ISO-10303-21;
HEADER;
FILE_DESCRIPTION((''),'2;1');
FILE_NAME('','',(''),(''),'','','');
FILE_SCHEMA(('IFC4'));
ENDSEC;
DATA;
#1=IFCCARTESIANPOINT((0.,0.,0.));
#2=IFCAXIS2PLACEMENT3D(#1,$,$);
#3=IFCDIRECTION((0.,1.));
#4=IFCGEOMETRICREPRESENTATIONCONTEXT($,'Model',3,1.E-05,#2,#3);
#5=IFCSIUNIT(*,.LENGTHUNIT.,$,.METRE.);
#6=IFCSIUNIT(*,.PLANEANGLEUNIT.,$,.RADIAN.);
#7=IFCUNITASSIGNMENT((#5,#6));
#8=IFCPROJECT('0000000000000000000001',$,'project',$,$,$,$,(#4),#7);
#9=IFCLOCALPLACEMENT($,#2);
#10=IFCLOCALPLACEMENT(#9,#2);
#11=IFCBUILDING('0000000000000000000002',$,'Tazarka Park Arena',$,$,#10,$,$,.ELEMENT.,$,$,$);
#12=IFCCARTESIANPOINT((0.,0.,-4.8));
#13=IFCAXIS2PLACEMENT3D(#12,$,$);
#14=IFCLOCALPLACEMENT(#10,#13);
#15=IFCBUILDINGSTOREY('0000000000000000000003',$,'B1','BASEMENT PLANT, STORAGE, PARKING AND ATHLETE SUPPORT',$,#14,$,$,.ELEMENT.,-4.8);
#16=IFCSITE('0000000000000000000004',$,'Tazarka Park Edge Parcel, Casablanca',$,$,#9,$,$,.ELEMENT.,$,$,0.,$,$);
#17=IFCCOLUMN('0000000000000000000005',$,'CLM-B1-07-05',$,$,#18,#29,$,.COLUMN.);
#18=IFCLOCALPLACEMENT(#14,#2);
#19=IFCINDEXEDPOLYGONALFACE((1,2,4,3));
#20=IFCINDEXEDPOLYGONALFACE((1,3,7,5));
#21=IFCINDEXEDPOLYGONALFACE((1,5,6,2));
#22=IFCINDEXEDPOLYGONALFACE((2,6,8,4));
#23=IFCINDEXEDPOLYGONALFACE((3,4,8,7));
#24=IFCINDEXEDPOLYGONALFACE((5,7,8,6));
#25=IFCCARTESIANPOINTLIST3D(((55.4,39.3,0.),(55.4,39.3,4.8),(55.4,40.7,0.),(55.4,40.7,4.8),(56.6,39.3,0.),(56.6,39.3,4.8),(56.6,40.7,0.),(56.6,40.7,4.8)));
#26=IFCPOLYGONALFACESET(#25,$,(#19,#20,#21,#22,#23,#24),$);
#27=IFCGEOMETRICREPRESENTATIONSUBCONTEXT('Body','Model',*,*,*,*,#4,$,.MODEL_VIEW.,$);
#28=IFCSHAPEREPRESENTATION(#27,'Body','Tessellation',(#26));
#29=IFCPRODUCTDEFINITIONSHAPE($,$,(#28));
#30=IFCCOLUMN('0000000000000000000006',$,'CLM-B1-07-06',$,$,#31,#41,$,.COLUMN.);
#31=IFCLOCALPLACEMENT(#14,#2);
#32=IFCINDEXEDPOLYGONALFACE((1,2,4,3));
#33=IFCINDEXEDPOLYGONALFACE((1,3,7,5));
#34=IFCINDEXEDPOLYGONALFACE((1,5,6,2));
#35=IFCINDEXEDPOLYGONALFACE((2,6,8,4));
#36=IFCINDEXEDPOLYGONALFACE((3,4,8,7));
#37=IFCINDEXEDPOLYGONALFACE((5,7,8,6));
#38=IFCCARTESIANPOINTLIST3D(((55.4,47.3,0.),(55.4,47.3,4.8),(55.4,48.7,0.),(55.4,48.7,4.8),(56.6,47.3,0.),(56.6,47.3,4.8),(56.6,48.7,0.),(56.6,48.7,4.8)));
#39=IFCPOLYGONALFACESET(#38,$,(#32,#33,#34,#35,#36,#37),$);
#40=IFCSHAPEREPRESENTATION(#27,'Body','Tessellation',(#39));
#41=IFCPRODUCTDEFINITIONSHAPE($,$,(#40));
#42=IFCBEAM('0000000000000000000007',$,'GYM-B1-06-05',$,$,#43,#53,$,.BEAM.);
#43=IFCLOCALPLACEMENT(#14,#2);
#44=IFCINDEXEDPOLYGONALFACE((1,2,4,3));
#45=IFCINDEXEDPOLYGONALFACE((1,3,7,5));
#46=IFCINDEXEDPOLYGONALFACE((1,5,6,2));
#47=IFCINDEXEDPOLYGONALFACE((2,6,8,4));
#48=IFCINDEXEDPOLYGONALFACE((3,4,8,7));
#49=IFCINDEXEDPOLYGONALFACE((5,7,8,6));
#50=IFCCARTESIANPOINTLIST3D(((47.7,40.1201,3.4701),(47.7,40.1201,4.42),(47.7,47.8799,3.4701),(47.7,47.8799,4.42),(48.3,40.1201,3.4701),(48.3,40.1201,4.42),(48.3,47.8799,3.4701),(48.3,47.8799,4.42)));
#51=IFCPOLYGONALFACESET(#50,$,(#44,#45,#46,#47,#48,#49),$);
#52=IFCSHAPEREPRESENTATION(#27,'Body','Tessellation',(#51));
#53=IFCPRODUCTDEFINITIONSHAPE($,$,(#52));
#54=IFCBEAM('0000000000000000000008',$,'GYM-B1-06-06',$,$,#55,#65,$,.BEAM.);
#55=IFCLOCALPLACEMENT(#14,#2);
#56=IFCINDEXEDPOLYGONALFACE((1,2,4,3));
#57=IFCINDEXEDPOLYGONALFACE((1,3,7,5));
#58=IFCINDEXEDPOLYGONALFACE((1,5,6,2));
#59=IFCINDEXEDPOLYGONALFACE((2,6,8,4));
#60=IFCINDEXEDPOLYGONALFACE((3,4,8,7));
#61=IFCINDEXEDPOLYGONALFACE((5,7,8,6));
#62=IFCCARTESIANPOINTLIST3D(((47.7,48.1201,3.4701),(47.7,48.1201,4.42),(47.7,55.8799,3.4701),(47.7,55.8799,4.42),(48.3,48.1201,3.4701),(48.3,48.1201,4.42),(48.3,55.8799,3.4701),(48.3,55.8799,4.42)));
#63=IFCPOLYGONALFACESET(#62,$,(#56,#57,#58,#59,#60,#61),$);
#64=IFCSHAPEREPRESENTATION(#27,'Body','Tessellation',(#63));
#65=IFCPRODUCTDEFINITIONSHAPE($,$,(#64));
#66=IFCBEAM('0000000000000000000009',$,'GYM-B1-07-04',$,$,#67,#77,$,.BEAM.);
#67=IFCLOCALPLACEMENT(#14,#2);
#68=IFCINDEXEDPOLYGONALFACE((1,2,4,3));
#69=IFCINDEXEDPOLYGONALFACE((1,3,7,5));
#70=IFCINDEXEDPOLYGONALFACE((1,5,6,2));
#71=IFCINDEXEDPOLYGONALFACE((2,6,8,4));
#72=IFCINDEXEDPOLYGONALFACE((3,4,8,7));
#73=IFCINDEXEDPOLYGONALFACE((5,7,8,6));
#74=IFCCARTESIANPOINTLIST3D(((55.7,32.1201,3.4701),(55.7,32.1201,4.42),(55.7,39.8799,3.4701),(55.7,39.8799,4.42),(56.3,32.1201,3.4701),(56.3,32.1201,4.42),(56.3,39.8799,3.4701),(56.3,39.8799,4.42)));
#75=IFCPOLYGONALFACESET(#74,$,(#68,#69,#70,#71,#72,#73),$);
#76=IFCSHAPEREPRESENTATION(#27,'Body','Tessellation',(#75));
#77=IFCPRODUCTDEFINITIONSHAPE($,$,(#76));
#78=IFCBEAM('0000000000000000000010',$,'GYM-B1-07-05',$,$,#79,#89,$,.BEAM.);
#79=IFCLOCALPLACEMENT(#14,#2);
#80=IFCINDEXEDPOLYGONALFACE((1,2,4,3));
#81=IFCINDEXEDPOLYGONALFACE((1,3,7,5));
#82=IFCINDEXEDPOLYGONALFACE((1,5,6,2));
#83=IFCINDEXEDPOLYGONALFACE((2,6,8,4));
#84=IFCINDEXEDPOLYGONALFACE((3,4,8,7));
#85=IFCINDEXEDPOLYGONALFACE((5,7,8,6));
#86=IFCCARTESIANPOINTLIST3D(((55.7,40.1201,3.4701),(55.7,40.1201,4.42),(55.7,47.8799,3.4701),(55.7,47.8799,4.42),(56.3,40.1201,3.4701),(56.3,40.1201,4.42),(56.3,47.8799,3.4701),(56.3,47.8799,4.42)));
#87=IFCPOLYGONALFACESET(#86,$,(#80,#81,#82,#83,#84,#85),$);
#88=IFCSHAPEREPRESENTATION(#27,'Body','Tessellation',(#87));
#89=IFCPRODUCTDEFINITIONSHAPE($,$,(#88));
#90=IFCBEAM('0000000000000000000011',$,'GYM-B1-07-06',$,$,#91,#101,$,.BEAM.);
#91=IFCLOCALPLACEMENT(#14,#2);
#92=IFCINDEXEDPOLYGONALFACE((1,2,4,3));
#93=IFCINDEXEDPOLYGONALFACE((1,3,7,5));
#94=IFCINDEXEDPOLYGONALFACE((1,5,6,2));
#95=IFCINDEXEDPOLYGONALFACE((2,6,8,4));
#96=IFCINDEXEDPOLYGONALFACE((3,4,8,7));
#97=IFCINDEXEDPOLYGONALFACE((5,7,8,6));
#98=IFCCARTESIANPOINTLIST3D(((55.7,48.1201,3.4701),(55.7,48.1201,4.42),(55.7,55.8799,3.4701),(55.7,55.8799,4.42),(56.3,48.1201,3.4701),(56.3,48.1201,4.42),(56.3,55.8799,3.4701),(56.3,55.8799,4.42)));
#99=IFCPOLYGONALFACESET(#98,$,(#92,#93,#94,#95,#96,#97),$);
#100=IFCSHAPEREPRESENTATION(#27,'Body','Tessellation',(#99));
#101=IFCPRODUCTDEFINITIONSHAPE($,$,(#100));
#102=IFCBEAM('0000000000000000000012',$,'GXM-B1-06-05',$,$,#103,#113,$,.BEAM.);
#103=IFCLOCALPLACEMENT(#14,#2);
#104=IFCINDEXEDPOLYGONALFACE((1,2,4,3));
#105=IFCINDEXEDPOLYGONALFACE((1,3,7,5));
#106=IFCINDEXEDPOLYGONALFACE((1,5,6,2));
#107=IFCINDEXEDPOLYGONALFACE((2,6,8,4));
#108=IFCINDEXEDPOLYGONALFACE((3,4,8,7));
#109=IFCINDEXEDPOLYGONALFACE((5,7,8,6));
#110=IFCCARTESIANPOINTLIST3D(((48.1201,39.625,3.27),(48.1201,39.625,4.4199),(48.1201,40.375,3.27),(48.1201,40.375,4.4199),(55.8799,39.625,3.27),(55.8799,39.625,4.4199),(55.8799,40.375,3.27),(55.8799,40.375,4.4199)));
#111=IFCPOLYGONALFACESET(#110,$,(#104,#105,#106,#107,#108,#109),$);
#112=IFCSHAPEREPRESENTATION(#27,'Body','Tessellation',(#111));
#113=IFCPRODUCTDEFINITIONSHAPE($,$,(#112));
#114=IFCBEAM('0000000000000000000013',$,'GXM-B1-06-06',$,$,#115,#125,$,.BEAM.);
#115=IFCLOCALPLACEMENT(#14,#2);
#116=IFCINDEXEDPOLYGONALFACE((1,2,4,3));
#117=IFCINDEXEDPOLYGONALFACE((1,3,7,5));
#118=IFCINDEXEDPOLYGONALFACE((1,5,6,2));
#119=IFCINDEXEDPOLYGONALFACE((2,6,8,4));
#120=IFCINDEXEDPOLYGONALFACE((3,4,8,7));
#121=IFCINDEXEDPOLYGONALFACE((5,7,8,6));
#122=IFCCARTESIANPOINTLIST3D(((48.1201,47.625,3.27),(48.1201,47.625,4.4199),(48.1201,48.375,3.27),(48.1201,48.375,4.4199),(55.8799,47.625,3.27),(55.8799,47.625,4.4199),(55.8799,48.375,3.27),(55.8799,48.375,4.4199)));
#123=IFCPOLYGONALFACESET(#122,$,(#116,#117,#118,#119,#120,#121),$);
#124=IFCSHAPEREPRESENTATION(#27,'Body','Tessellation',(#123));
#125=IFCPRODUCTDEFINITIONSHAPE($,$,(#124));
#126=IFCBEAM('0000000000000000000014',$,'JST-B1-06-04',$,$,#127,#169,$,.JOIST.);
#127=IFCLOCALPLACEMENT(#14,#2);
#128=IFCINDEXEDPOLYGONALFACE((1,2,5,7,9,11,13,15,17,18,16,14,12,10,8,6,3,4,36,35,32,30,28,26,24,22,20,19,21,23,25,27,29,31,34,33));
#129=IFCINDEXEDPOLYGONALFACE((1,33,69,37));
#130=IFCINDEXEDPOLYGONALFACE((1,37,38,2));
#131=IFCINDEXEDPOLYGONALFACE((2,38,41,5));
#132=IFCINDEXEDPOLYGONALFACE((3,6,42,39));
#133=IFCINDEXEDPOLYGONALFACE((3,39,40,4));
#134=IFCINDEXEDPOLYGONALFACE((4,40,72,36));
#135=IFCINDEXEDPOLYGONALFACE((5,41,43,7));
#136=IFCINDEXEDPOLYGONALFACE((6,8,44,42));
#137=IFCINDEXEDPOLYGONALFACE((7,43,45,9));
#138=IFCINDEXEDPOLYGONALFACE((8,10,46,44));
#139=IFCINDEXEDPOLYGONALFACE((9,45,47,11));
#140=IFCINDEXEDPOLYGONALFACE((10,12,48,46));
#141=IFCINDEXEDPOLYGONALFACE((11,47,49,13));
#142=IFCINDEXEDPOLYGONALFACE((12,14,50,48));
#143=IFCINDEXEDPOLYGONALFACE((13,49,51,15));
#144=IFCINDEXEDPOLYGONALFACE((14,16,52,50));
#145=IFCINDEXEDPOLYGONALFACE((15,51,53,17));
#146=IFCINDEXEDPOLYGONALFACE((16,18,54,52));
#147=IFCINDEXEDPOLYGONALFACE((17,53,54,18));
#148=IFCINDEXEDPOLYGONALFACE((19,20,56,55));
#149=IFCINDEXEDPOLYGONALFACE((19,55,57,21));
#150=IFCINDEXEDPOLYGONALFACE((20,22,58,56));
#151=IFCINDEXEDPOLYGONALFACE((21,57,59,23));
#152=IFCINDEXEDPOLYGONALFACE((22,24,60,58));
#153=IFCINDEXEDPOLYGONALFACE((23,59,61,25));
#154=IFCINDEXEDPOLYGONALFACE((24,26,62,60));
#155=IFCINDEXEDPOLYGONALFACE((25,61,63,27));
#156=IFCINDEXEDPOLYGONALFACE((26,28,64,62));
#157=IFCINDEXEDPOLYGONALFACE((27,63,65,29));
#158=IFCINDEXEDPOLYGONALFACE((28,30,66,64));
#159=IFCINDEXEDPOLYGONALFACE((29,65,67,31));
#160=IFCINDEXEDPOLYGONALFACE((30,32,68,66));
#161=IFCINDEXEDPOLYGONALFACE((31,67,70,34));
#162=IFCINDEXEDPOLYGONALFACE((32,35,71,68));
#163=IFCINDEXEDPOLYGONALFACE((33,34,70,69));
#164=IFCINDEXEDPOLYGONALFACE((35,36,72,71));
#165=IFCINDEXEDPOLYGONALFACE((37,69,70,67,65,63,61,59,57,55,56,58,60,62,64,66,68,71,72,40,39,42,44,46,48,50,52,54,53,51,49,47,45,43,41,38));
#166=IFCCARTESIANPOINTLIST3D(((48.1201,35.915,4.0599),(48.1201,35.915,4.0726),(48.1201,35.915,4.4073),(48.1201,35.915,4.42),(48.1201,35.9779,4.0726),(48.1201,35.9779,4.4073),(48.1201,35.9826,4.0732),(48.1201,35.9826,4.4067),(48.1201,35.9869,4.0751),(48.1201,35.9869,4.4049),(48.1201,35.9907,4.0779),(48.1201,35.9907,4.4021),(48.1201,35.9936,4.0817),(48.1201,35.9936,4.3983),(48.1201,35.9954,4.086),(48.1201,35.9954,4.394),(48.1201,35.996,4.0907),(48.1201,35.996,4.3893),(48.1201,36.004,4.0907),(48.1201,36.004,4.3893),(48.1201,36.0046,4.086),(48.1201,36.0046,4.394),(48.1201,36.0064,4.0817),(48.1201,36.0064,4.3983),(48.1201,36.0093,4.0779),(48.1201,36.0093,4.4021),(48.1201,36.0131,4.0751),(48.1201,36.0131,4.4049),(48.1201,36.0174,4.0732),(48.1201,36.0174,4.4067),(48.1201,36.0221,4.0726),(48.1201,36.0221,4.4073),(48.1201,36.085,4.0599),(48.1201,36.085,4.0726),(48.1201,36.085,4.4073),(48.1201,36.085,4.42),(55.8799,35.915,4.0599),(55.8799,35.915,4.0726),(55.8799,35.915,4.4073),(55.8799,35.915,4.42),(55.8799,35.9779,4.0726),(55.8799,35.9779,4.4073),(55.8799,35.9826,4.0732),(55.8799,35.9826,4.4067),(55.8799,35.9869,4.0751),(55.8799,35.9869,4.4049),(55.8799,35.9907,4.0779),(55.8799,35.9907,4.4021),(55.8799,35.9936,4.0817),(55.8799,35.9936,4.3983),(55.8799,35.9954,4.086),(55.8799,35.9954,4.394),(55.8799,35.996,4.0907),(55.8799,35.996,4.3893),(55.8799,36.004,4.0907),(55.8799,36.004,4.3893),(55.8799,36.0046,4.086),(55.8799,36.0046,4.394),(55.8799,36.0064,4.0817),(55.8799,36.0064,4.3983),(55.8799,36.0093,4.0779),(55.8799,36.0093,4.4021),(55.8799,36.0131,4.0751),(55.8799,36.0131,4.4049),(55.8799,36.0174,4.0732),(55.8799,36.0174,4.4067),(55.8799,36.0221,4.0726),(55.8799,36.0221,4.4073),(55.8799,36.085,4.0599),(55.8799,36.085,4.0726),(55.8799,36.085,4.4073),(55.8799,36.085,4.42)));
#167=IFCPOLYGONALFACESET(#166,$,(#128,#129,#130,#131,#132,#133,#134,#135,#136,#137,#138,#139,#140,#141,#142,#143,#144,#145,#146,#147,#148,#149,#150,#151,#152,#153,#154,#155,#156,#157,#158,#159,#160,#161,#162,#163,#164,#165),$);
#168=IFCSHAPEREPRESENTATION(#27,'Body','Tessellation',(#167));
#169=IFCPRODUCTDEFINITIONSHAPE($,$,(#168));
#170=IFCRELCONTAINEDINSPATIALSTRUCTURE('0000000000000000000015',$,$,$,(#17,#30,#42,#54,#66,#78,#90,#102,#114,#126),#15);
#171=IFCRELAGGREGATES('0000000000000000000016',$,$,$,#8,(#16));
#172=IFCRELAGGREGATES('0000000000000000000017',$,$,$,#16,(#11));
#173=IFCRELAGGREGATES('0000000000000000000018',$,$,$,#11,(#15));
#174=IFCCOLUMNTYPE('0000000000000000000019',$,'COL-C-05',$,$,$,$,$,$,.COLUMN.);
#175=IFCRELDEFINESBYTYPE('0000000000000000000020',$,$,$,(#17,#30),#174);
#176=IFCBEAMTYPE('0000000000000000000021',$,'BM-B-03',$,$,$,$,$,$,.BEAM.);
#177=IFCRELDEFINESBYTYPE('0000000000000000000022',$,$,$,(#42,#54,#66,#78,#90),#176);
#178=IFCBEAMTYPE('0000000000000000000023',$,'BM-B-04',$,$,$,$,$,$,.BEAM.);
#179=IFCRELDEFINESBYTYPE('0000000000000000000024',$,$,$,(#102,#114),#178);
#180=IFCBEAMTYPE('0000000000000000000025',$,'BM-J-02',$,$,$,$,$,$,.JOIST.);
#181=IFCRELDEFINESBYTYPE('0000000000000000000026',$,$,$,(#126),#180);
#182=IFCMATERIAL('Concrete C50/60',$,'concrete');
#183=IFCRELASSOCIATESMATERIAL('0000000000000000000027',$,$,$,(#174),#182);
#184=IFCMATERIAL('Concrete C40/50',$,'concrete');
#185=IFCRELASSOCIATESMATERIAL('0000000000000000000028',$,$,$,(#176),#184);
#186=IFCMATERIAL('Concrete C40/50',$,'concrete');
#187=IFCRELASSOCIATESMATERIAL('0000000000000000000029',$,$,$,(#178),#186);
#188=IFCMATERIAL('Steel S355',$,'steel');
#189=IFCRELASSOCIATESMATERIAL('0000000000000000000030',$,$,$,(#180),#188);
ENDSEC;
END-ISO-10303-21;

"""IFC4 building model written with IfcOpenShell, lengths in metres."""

from ifc_helpers import new_model, si_unit, direction, frame, origin, origin_2d, place, context, subcontext, project, spatial, rectangle, i_section, extrude, material, material_profile, profile_set, type_object, element, save


model = new_model("IFC4")

# Units and contexts
model_context = context("Model", 3, precision=1e-05, world=origin(), true_north=direction((0.0, 1.0)))
body_context = subcontext(model_context, "Body", "Model", "MODEL_VIEW")
ifc_project = project(units=[si_unit("LENGTHUNIT", "METRE"), si_unit("PLANEANGLEUNIT", "RADIAN")], contexts=[model_context])

# Site, building, storey
site_placement = place(None, origin())
site = spatial("IfcSite", under=ifc_project, at=site_placement, Name="Tazarka Park Edge Parcel, Casablanca", CompositionType="ELEMENT", RefElevation=0.0)
building_placement = place(site_placement, origin())
building = spatial("IfcBuilding", under=site, at=building_placement, Name="Tazarka Park Arena", CompositionType="ELEMENT")
storey_placement = place(building_placement, frame((0.0, 0.0, -4.8)))
storey = spatial("IfcBuildingStorey", under=building, at=storey_placement, Name="B1", Description="BASEMENT PLANT, STORAGE, PARKING AND ATHLETE SUPPORT", CompositionType="ELEMENT", Elevation=-4.8)

# Columns
ifc_material_1 = material(Name="Concrete C50/60", Category="concrete")
ifc_material_profile_1 = material_profile(ifc_material_1, rectangle(XDim=1.2, YDim=1.3999, at=origin_2d()), Name="Concrete C50/60")
ifc_profile_set_1 = profile_set([ifc_material_profile_1], Name="Concrete C50/60")
column_type = type_object("IfcColumnType", Name="COL-C-05", PredefinedType="COLUMN", material=ifc_profile_set_1)
for number, where, z_axis, x_axis, name in (
    (1, (56.0, 40.0, 0.0), (0.0, 0.0, 1.0), (1.0, 0.0, 0.0), "CLM-B1-07-05"),
    (2, (56.0, 48.0, 0.0), (0.0, 0.0, 1.0), (1.0, 0.0, 0.0), "CLM-B1-07-06"),
):
    element("IfcColumn", number, at=place(storey_placement, frame(where, z_axis=z_axis, x_axis=x_axis)), inside=storey, type_object=column_type, Name=name, PredefinedType="COLUMN", context=body_context, shape_type="SweptSolid", body=[
        extrude(rectangle(XDim=1.2, YDim=1.3999, at=origin_2d()), origin(), (0.0, 0.0, 1.0), 4.8),
    ])

# Beams
ifc_material_2 = material(Name="Concrete C40/50", Category="concrete")
ifc_material_profile_2 = material_profile(ifc_material_2, rectangle(XDim=0.6001, YDim=0.95, at=origin_2d()), Name="Concrete C40/50")
ifc_profile_set_2 = profile_set([ifc_material_profile_2], Name="Concrete C40/50")
beam_type_1 = type_object("IfcBeamType", Name="BM-B-03", PredefinedType="BEAM", material=ifc_profile_set_2)
for number, where, z_axis, x_axis, name in (
    (3, (48.0, 40.1201, 3.9451), (0.0, 1.0, 0.0), (-1.0, 0.0, 0.0), "GYM-B1-06-05"),
    (4, (48.0, 48.1201, 3.9451), (0.0, 1.0, 0.0), (-1.0, 0.0, 0.0), "GYM-B1-06-06"),
    (5, (56.0, 32.1201, 3.9451), (0.0, 1.0, 0.0), (-1.0, 0.0, 0.0), "GYM-B1-07-04"),
    (6, (56.0, 40.1201, 3.9451), (0.0, 1.0, 0.0), (-1.0, 0.0, 0.0), "GYM-B1-07-05"),
    (7, (56.0, 48.1201, 3.9451), (0.0, 1.0, 0.0), (-1.0, 0.0, 0.0), "GYM-B1-07-06"),
):
    element("IfcBeam", number, at=place(storey_placement, frame(where, z_axis=z_axis, x_axis=x_axis)), inside=storey, type_object=beam_type_1, Name=name, PredefinedType="BEAM", context=body_context, shape_type="SweptSolid", body=[
        extrude(rectangle(XDim=0.6001, YDim=0.95, at=origin_2d()), origin(), (0.0, 0.0, 1.0), 7.7598),
    ])
ifc_material_3 = material(Name="Concrete C40/50", Category="concrete")
ifc_material_profile_3 = material_profile(ifc_material_3, rectangle(XDim=0.75, YDim=1.1499, at=origin_2d()), Name="Concrete C40/50")
ifc_profile_set_3 = profile_set([ifc_material_profile_3], Name="Concrete C40/50")
beam_type_2 = type_object("IfcBeamType", Name="BM-B-04", PredefinedType="BEAM", material=ifc_profile_set_3)
for number, where, z_axis, x_axis, name in (
    (8, (48.1201, 40.0, 3.845), (1.0, 0.0, 0.0), (0.0, 1.0, 0.0), "GXM-B1-06-05"),
    (9, (48.1201, 48.0, 3.845), (1.0, 0.0, 0.0), (0.0, 1.0, 0.0), "GXM-B1-06-06"),
):
    element("IfcBeam", number, at=place(storey_placement, frame(where, z_axis=z_axis, x_axis=x_axis)), inside=storey, type_object=beam_type_2, Name=name, PredefinedType="BEAM", context=body_context, shape_type="SweptSolid", body=[
        extrude(rectangle(XDim=0.75, YDim=1.1499, at=origin_2d()), origin(), (0.0, 0.0, 1.0), 7.7598),
    ])
ifc_material_4 = material(Name="Steel S355", Category="steel")
ifc_material_profile_4 = material_profile(ifc_material_4, i_section(OverallWidth=0.1699, OverallDepth=0.3601, WebThickness=0.0081, FlangeThickness=0.0127, FilletRadius=0.0181, at=origin_2d()), Name="Steel S355")
ifc_profile_set_4 = profile_set([ifc_material_profile_4], Name="Steel S355")
beam_type_3 = type_object("IfcBeamType", Name="BM-J-02", PredefinedType="JOIST", material=ifc_profile_set_4)
beam_1_placement = place(storey_placement, frame((48.1201, 36.0, 4.24), z_axis=(1.0, 0.0, 0.0), x_axis=(0.0, 1.0, 0.0)))
element("IfcBeam", 10, at=beam_1_placement, inside=storey, type_object=beam_type_3, Name="JST-B1-06-04", PredefinedType="JOIST", context=body_context, shape_type="SweptSolid", body=[
    extrude(i_section(OverallWidth=0.1699, OverallDepth=0.3601, WebThickness=0.0081, FlangeThickness=0.0127, FilletRadius=0.0181, at=origin_2d()), origin(), (0.0, 0.0, 1.0), 7.7598),
])

save(model, "model.ifc")
